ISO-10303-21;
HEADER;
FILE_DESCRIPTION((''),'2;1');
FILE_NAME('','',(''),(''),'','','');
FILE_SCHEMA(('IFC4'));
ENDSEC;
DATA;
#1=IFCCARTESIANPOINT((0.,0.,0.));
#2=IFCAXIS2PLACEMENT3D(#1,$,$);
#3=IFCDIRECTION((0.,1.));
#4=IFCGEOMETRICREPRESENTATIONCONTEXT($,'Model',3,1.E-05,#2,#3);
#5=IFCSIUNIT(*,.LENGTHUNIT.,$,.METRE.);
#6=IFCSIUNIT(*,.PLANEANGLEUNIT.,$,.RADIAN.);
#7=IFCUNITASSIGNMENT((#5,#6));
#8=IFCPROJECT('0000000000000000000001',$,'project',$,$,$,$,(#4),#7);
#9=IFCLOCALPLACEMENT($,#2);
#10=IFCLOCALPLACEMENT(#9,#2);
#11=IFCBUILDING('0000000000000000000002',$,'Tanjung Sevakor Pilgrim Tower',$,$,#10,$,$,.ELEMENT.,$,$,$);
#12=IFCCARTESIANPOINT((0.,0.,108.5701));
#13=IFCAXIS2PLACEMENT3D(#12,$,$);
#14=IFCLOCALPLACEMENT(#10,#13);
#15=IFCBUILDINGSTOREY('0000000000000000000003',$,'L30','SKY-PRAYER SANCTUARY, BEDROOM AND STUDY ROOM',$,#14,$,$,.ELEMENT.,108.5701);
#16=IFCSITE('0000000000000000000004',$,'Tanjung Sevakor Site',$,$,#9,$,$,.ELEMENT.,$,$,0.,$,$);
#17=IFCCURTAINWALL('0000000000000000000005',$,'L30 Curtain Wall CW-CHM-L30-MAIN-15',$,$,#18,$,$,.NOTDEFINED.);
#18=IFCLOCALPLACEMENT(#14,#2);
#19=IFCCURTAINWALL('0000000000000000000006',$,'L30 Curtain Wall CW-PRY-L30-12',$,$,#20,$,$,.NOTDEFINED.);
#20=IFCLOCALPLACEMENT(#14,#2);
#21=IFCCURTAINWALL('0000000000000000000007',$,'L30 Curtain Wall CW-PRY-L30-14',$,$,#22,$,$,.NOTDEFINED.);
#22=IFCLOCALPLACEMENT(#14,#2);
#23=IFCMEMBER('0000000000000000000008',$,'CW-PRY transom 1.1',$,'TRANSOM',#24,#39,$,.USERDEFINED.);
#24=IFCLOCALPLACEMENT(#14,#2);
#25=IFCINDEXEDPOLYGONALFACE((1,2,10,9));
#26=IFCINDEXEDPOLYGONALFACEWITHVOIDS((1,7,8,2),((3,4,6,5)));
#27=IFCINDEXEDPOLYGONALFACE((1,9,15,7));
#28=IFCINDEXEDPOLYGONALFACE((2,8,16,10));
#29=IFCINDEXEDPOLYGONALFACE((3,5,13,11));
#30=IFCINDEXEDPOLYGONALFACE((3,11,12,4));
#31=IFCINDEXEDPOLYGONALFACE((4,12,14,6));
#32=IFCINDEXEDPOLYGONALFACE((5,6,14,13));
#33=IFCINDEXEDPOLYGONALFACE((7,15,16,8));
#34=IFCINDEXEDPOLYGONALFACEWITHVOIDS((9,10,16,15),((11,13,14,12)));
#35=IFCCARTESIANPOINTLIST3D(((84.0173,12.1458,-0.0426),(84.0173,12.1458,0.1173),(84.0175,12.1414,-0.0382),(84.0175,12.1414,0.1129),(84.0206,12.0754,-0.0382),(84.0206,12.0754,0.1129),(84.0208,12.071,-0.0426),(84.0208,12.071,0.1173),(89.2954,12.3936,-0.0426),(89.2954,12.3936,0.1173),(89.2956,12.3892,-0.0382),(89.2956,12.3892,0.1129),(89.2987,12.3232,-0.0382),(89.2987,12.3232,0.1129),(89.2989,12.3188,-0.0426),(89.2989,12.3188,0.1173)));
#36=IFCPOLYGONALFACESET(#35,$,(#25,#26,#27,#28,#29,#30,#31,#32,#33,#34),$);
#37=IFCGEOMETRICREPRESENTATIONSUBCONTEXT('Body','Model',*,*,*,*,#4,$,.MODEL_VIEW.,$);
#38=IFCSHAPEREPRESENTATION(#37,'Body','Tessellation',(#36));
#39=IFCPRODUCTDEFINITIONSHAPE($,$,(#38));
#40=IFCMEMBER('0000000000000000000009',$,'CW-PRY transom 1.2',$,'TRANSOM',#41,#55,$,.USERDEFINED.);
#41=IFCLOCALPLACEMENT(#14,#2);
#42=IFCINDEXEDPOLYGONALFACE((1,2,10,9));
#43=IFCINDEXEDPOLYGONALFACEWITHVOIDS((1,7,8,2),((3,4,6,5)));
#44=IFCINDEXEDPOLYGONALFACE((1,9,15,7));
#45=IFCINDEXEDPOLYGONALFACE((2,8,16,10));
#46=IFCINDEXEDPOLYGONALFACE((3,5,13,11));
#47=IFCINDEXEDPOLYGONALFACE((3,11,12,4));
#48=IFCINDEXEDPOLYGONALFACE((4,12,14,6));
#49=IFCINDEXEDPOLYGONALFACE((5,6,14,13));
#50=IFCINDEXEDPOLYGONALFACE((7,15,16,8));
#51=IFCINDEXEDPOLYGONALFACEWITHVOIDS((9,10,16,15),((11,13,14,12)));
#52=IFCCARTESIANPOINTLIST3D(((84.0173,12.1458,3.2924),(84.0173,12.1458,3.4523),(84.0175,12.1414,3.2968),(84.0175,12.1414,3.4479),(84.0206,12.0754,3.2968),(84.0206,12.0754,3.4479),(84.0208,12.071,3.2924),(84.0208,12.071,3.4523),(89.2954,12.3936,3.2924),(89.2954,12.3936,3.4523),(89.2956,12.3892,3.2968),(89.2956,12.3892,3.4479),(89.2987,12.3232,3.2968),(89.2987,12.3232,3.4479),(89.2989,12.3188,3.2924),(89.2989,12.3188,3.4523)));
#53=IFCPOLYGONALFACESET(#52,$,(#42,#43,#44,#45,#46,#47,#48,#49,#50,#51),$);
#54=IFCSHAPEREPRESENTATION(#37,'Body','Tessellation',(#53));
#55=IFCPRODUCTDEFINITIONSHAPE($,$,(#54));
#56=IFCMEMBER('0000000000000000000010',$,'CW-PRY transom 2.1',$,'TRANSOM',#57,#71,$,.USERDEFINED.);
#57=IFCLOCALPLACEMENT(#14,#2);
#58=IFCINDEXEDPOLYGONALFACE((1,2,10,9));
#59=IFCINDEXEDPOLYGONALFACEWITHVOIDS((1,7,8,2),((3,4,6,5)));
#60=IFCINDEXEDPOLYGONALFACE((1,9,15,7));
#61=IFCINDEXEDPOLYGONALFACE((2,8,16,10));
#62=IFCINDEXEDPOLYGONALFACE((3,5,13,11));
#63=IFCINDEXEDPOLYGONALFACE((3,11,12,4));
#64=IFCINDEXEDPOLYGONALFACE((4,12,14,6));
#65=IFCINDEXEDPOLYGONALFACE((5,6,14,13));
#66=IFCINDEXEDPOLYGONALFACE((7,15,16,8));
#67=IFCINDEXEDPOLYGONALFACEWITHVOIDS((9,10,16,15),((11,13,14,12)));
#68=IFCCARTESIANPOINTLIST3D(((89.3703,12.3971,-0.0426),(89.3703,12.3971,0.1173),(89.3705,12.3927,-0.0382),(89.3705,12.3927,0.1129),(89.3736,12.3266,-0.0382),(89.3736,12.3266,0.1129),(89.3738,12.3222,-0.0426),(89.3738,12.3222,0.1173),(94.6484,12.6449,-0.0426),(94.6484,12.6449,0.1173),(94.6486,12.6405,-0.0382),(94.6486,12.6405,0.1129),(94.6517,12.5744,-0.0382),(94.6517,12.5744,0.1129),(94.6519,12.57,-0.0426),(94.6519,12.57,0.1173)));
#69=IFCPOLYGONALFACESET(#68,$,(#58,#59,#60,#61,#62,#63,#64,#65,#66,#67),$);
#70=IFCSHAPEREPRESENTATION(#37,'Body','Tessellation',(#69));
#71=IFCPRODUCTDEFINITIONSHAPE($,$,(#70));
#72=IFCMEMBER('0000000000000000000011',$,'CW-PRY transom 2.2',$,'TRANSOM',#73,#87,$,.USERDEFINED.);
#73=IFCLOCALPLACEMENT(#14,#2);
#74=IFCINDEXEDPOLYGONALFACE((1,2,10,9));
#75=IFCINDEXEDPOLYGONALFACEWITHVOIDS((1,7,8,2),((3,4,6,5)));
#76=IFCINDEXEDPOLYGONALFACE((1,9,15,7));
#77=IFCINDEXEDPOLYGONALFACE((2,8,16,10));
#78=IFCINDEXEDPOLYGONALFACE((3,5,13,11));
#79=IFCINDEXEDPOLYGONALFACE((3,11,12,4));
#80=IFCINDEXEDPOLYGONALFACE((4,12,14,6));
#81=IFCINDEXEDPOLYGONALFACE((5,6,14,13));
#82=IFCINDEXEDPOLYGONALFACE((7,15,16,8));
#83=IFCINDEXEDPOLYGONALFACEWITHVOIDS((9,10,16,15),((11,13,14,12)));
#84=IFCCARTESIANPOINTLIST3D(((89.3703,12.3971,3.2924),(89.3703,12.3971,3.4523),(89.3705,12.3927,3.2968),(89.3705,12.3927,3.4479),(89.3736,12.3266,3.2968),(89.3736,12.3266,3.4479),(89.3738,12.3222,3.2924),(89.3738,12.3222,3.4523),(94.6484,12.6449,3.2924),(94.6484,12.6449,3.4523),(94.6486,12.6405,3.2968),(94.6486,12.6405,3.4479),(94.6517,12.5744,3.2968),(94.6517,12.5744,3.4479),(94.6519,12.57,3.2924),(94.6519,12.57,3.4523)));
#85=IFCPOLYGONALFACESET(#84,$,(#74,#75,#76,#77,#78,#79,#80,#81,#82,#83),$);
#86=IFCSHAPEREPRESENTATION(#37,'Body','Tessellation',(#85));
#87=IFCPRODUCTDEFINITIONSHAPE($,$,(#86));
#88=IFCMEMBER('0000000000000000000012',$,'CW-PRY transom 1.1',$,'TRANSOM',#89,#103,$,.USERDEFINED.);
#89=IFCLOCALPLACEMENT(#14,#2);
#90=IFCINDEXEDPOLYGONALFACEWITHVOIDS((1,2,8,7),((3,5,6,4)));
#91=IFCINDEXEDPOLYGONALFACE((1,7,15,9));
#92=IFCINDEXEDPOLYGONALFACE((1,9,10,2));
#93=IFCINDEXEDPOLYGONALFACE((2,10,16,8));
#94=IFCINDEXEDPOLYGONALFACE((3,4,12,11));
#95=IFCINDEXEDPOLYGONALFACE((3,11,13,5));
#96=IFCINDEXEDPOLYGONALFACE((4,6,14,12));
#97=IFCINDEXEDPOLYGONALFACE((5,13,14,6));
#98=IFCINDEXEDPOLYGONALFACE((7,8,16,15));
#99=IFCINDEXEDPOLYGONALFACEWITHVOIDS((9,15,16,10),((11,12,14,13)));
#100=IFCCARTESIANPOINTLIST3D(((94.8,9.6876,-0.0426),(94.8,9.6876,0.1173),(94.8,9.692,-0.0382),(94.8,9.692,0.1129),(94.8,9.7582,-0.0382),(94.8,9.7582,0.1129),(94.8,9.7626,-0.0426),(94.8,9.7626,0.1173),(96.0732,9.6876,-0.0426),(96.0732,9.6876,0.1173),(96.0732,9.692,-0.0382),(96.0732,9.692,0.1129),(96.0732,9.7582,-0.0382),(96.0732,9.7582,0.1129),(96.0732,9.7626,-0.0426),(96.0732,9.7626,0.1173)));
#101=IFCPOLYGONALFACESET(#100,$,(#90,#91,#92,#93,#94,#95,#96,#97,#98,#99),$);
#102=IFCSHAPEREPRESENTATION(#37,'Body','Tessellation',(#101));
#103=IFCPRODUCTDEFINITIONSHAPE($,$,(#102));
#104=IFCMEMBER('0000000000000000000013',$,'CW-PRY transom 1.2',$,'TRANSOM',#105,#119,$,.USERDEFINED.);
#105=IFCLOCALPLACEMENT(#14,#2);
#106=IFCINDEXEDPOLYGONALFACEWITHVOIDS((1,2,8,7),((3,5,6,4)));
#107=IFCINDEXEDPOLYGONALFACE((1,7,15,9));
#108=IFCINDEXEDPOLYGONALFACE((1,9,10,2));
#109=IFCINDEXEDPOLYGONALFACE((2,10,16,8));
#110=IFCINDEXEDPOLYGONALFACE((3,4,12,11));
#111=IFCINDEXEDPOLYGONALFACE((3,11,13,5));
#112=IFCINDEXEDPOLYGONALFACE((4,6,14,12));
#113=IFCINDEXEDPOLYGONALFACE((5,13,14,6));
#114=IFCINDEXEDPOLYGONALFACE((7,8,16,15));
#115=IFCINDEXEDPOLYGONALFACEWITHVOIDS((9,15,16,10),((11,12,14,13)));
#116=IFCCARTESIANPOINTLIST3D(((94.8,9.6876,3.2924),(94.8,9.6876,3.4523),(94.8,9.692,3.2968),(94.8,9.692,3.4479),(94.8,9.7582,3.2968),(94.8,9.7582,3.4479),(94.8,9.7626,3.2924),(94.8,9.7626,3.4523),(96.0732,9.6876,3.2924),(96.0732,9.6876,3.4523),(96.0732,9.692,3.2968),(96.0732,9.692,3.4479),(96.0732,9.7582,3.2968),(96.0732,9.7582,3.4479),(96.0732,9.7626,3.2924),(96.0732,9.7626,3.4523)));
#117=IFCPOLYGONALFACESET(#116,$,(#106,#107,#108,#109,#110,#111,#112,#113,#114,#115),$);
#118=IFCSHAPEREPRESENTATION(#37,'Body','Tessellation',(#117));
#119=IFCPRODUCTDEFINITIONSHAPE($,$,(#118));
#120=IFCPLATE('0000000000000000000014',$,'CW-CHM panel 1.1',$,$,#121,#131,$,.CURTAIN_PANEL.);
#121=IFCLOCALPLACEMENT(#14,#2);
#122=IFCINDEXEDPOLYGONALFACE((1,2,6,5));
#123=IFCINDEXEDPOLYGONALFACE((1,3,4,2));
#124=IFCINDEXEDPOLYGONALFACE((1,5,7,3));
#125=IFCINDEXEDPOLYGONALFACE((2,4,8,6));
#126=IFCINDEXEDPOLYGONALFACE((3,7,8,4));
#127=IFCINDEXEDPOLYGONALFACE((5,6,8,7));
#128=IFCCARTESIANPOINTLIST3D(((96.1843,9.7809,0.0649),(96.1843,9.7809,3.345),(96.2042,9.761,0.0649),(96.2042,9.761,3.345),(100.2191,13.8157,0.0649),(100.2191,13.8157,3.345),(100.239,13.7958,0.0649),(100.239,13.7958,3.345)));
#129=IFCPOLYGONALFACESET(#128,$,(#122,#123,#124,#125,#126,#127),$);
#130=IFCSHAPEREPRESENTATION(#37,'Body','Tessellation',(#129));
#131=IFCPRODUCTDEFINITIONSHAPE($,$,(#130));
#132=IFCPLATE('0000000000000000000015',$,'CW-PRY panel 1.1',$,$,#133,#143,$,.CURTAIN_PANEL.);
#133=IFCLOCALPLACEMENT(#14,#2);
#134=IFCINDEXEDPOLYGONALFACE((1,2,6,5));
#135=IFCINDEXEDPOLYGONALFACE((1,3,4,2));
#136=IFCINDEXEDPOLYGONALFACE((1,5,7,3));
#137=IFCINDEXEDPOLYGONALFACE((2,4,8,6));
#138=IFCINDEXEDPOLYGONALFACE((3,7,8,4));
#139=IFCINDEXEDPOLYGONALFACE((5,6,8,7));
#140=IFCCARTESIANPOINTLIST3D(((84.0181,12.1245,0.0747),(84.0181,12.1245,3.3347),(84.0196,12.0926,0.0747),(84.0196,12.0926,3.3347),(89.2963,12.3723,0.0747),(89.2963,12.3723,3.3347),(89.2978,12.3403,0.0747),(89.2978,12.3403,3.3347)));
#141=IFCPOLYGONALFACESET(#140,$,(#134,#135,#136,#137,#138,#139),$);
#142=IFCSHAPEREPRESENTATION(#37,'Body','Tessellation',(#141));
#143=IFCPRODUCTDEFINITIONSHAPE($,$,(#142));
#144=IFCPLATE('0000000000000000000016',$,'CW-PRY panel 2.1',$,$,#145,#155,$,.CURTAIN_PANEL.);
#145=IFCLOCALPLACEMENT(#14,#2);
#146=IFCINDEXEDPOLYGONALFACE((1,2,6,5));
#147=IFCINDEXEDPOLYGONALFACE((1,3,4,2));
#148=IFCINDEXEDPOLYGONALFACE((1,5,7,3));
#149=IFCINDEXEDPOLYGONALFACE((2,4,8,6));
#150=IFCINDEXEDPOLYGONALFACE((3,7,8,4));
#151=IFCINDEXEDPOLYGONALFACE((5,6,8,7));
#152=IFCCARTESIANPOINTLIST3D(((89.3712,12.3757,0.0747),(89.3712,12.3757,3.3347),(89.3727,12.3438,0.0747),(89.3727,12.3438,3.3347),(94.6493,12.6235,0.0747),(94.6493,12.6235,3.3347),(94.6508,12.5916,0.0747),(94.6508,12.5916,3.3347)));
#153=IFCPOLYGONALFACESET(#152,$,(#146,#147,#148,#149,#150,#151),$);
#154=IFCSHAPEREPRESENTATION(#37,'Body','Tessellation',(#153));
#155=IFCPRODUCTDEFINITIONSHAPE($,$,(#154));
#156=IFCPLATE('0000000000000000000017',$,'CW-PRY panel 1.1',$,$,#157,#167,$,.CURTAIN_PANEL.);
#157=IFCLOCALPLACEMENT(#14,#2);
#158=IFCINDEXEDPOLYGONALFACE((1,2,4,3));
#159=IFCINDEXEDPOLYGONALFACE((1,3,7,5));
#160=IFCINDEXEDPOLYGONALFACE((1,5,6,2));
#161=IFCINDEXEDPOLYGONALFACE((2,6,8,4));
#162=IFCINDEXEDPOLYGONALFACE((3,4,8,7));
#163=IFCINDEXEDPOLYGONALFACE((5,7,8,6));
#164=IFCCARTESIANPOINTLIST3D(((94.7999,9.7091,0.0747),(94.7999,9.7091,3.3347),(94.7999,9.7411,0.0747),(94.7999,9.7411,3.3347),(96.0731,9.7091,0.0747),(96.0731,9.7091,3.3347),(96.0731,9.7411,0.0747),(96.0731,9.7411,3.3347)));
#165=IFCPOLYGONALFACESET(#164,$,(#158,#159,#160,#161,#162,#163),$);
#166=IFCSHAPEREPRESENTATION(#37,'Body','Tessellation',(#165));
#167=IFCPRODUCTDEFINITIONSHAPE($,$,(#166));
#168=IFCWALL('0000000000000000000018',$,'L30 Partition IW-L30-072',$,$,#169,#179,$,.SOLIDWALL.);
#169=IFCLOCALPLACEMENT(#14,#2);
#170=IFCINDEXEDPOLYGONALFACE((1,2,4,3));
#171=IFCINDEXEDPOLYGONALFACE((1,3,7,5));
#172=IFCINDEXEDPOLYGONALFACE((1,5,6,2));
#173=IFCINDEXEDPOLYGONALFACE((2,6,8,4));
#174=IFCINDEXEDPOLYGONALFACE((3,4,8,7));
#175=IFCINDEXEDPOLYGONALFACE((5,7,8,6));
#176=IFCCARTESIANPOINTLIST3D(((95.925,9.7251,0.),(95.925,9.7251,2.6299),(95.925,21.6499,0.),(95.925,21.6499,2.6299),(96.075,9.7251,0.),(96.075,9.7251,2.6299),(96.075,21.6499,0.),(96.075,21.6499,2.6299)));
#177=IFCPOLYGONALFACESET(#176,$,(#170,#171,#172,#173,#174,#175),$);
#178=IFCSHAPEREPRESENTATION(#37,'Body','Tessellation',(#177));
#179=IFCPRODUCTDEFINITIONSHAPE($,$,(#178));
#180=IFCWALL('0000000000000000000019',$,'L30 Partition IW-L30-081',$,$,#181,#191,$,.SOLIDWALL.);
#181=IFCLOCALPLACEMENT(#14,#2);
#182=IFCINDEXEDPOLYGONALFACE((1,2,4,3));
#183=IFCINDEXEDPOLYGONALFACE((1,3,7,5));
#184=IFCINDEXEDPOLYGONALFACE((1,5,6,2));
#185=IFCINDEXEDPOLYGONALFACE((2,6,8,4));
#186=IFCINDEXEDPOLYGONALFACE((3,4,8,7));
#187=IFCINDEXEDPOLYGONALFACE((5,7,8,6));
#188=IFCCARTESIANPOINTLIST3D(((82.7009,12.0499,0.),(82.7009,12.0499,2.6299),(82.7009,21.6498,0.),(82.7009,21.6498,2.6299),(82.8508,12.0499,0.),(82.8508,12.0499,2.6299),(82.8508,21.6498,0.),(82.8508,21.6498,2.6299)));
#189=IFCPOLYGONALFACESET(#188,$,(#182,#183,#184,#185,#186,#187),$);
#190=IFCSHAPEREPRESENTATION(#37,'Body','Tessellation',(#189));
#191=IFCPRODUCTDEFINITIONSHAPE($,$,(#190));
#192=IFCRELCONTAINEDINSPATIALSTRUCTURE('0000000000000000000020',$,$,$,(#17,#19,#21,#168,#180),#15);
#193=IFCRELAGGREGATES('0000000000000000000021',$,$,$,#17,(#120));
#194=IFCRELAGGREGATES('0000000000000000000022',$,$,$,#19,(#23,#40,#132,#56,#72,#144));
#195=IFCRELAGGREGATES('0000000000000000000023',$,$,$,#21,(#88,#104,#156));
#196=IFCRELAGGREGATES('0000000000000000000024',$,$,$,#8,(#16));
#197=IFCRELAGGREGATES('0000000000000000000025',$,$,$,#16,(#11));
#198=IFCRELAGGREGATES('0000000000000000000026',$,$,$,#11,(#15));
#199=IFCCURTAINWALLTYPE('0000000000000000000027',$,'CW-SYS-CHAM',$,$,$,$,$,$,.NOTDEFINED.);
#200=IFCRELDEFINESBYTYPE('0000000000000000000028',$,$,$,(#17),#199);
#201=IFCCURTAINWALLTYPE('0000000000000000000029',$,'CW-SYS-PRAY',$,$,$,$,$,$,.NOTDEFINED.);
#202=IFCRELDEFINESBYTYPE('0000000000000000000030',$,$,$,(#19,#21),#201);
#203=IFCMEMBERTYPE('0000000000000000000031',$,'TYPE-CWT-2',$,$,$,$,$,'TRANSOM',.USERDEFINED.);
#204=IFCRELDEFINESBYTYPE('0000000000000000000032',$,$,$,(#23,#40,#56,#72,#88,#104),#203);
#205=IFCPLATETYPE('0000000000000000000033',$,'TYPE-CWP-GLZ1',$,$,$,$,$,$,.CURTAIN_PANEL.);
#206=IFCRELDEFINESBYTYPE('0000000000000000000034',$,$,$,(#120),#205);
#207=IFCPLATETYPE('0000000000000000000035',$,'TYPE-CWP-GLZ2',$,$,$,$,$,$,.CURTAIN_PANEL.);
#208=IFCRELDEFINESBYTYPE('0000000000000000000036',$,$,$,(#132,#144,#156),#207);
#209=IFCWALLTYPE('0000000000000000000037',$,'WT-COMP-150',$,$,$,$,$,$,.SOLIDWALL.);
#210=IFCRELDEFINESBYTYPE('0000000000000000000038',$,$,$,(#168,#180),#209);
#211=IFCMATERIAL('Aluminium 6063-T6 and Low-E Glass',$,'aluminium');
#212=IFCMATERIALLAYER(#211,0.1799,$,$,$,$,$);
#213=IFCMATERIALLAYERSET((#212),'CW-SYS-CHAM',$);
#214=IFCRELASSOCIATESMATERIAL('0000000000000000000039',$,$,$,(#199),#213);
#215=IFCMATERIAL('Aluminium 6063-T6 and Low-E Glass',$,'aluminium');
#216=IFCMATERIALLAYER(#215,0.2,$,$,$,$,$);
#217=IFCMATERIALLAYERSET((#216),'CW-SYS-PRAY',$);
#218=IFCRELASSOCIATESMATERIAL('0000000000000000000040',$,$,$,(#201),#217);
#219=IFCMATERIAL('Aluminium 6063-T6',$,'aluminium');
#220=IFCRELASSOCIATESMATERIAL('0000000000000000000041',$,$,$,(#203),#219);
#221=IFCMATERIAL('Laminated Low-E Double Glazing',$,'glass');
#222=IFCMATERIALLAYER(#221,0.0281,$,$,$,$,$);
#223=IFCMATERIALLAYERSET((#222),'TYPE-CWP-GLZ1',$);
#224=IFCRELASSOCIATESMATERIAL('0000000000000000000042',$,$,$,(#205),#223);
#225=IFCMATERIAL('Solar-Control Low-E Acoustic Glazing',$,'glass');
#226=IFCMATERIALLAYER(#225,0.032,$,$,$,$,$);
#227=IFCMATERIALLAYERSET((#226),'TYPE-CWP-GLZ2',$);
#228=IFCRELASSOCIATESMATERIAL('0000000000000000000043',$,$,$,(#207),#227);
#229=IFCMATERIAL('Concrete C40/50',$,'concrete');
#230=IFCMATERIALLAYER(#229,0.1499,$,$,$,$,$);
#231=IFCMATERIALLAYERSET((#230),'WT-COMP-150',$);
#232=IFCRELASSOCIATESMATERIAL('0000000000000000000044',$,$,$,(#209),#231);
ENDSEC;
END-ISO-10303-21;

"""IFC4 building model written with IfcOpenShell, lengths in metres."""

from ifc_helpers import new_model, si_unit, direction, frame, frame_2d, origin, origin_2d, place, context, subcontext, project, spatial, rectangle, hollow_rectangle, extrude, material, layer, layer_set, material_profile, profile_set, type_object, element, aggregate, save


model = new_model("IFC4")

# Units and contexts
model_context = context("Model", 3, precision=1e-05, world=origin(), true_north=direction((0.0, 1.0)))
body_context = subcontext(model_context, "Body", "Model", "MODEL_VIEW")
ifc_project = project(units=[si_unit("LENGTHUNIT", "METRE"), si_unit("PLANEANGLEUNIT", "RADIAN")], contexts=[model_context])

# Site, building, storey
site_placement = place(None, origin())
site = spatial("IfcSite", under=ifc_project, at=site_placement, Name="Tanjung Sevakor Site", CompositionType="ELEMENT", RefElevation=0.0)
building_placement = place(site_placement, origin())
building = spatial("IfcBuilding", under=site, at=building_placement, Name="Tanjung Sevakor Pilgrim Tower", CompositionType="ELEMENT")
storey_placement = place(building_placement, frame((0.0, 0.0, 108.5701)))
storey = spatial("IfcBuildingStorey", under=building, at=storey_placement, Name="L30", Description="SKY-PRAYER SANCTUARY, BEDROOM AND STUDY ROOM", CompositionType="ELEMENT", Elevation=108.5701)

# Curtain wall
ifc_material_1 = material(Name="Aluminium 6063-T6 and Low-E Glass", Category="aluminium")
ifc_layer_1 = layer(ifc_material_1, 0.1799)
ifc_layer_set_1 = layer_set([ifc_layer_1], Name="CW-SYS-CHAM")
curtain_wall_type_1 = type_object("IfcCurtainWallType", Name="CW-SYS-CHAM", PredefinedType="NOTDEFINED", material=ifc_layer_set_1)
curtain_wall_1_placement = place(storey_placement, origin())
curtain_wall_1 = element("IfcCurtainWall", 1, at=curtain_wall_1_placement, inside=storey, type_object=curtain_wall_type_1, Name="L30 Curtain Wall CW-CHM-L30-MAIN-15", PredefinedType="NOTDEFINED")

# Shared definitions
ifc_material_2 = material(Name="Aluminium 6063-T6 and Low-E Glass", Category="aluminium")
ifc_layer_2 = layer(ifc_material_2, 0.2)
ifc_layer_set_2 = layer_set([ifc_layer_2], Name="CW-SYS-PRAY")
curtain_wall_type_2 = type_object("IfcCurtainWallType", Name="CW-SYS-PRAY", PredefinedType="NOTDEFINED", material=ifc_layer_set_2)

# Curtain walls
curtain_wall_2_placement = place(storey_placement, origin())
curtain_wall_2 = element("IfcCurtainWall", 2, at=curtain_wall_2_placement, inside=storey, type_object=curtain_wall_type_2, Name="L30 Curtain Wall CW-PRY-L30-12", PredefinedType="NOTDEFINED")
curtain_wall_3_placement = place(storey_placement, origin())
curtain_wall_3 = element("IfcCurtainWall", 3, at=curtain_wall_3_placement, inside=storey, type_object=curtain_wall_type_2, Name="L30 Curtain Wall CW-PRY-L30-14", PredefinedType="NOTDEFINED")

# Members
ifc_material_3 = material(Name="Aluminium 6063-T6", Category="aluminium")
ifc_material_profile_1 = material_profile(ifc_material_3, hollow_rectangle(XDim=0.075, YDim=0.1599, WallThickness=0.0044, at=origin_2d()))
ifc_profile_set_1 = profile_set([ifc_material_profile_1], Name="Aluminium 6063-T6")
member_type_1 = type_object("IfcMemberType", Name="TYPE-CWT-2", ElementType="TRANSOM", PredefinedType="USERDEFINED", material=ifc_profile_set_1)
member_1_placement = place(storey_placement, frame((84.019, 12.1084, 0.0374), z_axis=(0.9989, 0.046898, 0.0), x_axis=(-0.046898, 0.9989, 0.0)))
member_1 = element("IfcMember", 4, at=member_1_placement, type_object=member_type_1, Name="CW-PRY transom 1.1", ObjectType="TRANSOM", PredefinedType="USERDEFINED", context=body_context, shape_type="SweptSolid", body=[
    extrude(hollow_rectangle(XDim=0.075, YDim=0.1599, WallThickness=0.0044, at=origin_2d()), origin(), (0.0, 0.0, 1.0), 5.2839),
])
member_2_placement = place(storey_placement, frame((84.019, 12.1084, 3.3723), z_axis=(0.9989, 0.046898, 0.0), x_axis=(-0.046898, 0.9989, 0.0)))
member_2 = element("IfcMember", 5, at=member_2_placement, type_object=member_type_1, Name="CW-PRY transom 1.2", ObjectType="TRANSOM", PredefinedType="USERDEFINED", context=body_context, shape_type="SweptSolid", body=[
    extrude(hollow_rectangle(XDim=0.075, YDim=0.1599, WallThickness=0.0044, at=origin_2d()), origin(), (0.0, 0.0, 1.0), 5.2839),
])
member_3_placement = place(storey_placement, frame((89.3721, 12.3596, 0.0374), z_axis=(0.9989, 0.046898, 0.0), x_axis=(-0.046898, 0.9989, 0.0)))
member_3 = element("IfcMember", 6, at=member_3_placement, type_object=member_type_1, Name="CW-PRY transom 2.1", ObjectType="TRANSOM", PredefinedType="USERDEFINED", context=body_context, shape_type="SweptSolid", body=[
    extrude(hollow_rectangle(XDim=0.075, YDim=0.1599, WallThickness=0.0044, at=origin_2d()), origin(), (0.0, 0.0, 1.0), 5.2839),
])
member_4_placement = place(storey_placement, frame((89.3721, 12.3596, 3.3723), z_axis=(0.9989, 0.046898, 0.0), x_axis=(-0.046898, 0.9989, 0.0)))
member_4 = element("IfcMember", 7, at=member_4_placement, type_object=member_type_1, Name="CW-PRY transom 2.2", ObjectType="TRANSOM", PredefinedType="USERDEFINED", context=body_context, shape_type="SweptSolid", body=[
    extrude(hollow_rectangle(XDim=0.075, YDim=0.1599, WallThickness=0.0044, at=origin_2d()), origin(), (0.0, 0.0, 1.0), 5.2839),
])
member_5_placement = place(storey_placement, frame((94.8, 9.7251, 0.0374), z_axis=(1.0, 0.0, 0.0), x_axis=(0.0, 1.0, 0.0)))
member_5 = element("IfcMember", 8, at=member_5_placement, type_object=member_type_1, Name="CW-PRY transom 1.1", ObjectType="TRANSOM", PredefinedType="USERDEFINED", context=body_context, shape_type="SweptSolid", body=[
    extrude(hollow_rectangle(XDim=0.075, YDim=0.1599, WallThickness=0.0044, at=origin_2d()), origin(), (0.0, 0.0, 1.0), 1.2732),
])
member_6_placement = place(storey_placement, frame((94.8, 9.7251, 3.3723), z_axis=(1.0, 0.0, 0.0), x_axis=(0.0, 1.0, 0.0)))
member_6 = element("IfcMember", 9, at=member_6_placement, type_object=member_type_1, Name="CW-PRY transom 1.2", ObjectType="TRANSOM", PredefinedType="USERDEFINED", context=body_context, shape_type="SweptSolid", body=[
    extrude(hollow_rectangle(XDim=0.075, YDim=0.1599, WallThickness=0.0044, at=origin_2d()), origin(), (0.0, 0.0, 1.0), 1.2732),
])

# Plates
ifc_material_4 = material(Name="Laminated Low-E Double Glazing", Category="glass")
ifc_layer_3 = layer(ifc_material_4, 0.0281)
ifc_layer_set_3 = layer_set([ifc_layer_3], Name="TYPE-CWP-GLZ1")
plate_type_1 = type_object("IfcPlateType", Name="TYPE-CWP-GLZ1", PredefinedType="CURTAIN_PANEL", material=ifc_layer_set_3)
plate_1_placement = place(storey_placement, frame((98.2117, 11.7883, 0.0649), z_axis=(0.0, 0.0, 1.0), x_axis=(0.707107, 0.707107, 0.0)))
plate_1 = element("IfcPlate", 10, at=plate_1_placement, type_object=plate_type_1, Name="CW-CHM panel 1.1", PredefinedType="CURTAIN_PANEL", context=body_context, shape_type="SweptSolid", body=[
    extrude(rectangle(XDim=5.7061, YDim=0.0281, at=origin_2d()), origin(), (0.0, 0.0, 1.0), 3.28),
])
aggregate(curtain_wall_1, [plate_1])
ifc_material_5 = material(Name="Solar-Control Low-E Acoustic Glazing", Category="glass")
ifc_layer_4 = layer(ifc_material_5, 0.032)
ifc_layer_set_4 = layer_set([ifc_layer_4], Name="TYPE-CWP-GLZ2")
plate_type_2 = type_object("IfcPlateType", Name="TYPE-CWP-GLZ2", PredefinedType="CURTAIN_PANEL", material=ifc_layer_set_4)
plate_2_placement = place(storey_placement, frame((86.658, 12.2324, 0.0747), z_axis=(0.0, 0.0, 1.0), x_axis=(0.9989, 0.046892, 0.0)))
plate_2 = element("IfcPlate", 11, at=plate_2_placement, type_object=plate_type_2, Name="CW-PRY panel 1.1", PredefinedType="CURTAIN_PANEL", context=body_context, shape_type="SweptSolid", body=[
    extrude(rectangle(XDim=5.2839, YDim=0.032, at=origin_2d()), origin(), (0.0, 0.0, 1.0), 3.26),
])
plate_3_placement = place(storey_placement, frame((92.011, 12.4836, 0.0747), z_axis=(0.0, 0.0, 1.0), x_axis=(0.9989, 0.046892, 0.0)))
plate_3 = element("IfcPlate", 12, at=plate_3_placement, type_object=plate_type_2, Name="CW-PRY panel 2.1", PredefinedType="CURTAIN_PANEL", context=body_context, shape_type="SweptSolid", body=[
    extrude(rectangle(XDim=5.2839, YDim=0.032, at=origin_2d()), origin(), (0.0, 0.0, 1.0), 3.26),
])
aggregate(curtain_wall_2, [member_1, member_2, plate_2, member_3, member_4, plate_3])
plate_4_placement = place(storey_placement, frame((95.4365, 9.7251, 0.0747), z_axis=(0.0, 0.0, 1.0), x_axis=(1.0, 0.0, 0.0)))
plate_4 = element("IfcPlate", 13, at=plate_4_placement, type_object=plate_type_2, Name="CW-PRY panel 1.1", PredefinedType="CURTAIN_PANEL", context=body_context, shape_type="SweptSolid", body=[
    extrude(rectangle(XDim=1.2732, YDim=0.032, at=origin_2d()), origin(), (0.0, 0.0, 1.0), 3.26),
])
aggregate(curtain_wall_3, [member_5, member_6, plate_4])

# Walls
ifc_material_6 = material(Name="Concrete C40/50", Category="concrete")
ifc_layer_5 = layer(ifc_material_6, 0.1499)
ifc_layer_set_5 = layer_set([ifc_layer_5], Name="WT-COMP-150")
wall_type_1 = type_object("IfcWallType", Name="WT-COMP-150", PredefinedType="SOLIDWALL", material=ifc_layer_set_5)
wall_1_placement = place(storey_placement, frame((96.0, 9.7251, 0.0), z_axis=(0.0, 0.0, 1.0), x_axis=(0.0, 1.0, 0.0)))
element("IfcWall", 14, at=wall_1_placement, inside=storey, type_object=wall_type_1, Name="L30 Partition IW-L30-072", PredefinedType="SOLIDWALL", context=body_context, shape_type="SweptSolid", body=[
    extrude(rectangle(XDim=11.9248, YDim=0.1499, at=frame_2d((5.9624, 0.0))), origin(), (0.0, 0.0, 1.0), 2.6299),
])
wall_2_placement = place(storey_placement, frame((82.7759, 12.05, 0.0), z_axis=(0.0, 0.0, 1.0), x_axis=(0.0, 1.0, 0.0)))
element("IfcWall", 15, at=wall_2_placement, inside=storey, type_object=wall_type_1, Name="L30 Partition IW-L30-081", PredefinedType="SOLIDWALL", context=body_context, shape_type="SweptSolid", body=[
    extrude(rectangle(XDim=9.5999, YDim=0.1499, at=frame_2d((4.7998, 0.0))), origin(), (0.0, 0.0, 1.0), 2.6299),
])

save(model, "model.ifc")
